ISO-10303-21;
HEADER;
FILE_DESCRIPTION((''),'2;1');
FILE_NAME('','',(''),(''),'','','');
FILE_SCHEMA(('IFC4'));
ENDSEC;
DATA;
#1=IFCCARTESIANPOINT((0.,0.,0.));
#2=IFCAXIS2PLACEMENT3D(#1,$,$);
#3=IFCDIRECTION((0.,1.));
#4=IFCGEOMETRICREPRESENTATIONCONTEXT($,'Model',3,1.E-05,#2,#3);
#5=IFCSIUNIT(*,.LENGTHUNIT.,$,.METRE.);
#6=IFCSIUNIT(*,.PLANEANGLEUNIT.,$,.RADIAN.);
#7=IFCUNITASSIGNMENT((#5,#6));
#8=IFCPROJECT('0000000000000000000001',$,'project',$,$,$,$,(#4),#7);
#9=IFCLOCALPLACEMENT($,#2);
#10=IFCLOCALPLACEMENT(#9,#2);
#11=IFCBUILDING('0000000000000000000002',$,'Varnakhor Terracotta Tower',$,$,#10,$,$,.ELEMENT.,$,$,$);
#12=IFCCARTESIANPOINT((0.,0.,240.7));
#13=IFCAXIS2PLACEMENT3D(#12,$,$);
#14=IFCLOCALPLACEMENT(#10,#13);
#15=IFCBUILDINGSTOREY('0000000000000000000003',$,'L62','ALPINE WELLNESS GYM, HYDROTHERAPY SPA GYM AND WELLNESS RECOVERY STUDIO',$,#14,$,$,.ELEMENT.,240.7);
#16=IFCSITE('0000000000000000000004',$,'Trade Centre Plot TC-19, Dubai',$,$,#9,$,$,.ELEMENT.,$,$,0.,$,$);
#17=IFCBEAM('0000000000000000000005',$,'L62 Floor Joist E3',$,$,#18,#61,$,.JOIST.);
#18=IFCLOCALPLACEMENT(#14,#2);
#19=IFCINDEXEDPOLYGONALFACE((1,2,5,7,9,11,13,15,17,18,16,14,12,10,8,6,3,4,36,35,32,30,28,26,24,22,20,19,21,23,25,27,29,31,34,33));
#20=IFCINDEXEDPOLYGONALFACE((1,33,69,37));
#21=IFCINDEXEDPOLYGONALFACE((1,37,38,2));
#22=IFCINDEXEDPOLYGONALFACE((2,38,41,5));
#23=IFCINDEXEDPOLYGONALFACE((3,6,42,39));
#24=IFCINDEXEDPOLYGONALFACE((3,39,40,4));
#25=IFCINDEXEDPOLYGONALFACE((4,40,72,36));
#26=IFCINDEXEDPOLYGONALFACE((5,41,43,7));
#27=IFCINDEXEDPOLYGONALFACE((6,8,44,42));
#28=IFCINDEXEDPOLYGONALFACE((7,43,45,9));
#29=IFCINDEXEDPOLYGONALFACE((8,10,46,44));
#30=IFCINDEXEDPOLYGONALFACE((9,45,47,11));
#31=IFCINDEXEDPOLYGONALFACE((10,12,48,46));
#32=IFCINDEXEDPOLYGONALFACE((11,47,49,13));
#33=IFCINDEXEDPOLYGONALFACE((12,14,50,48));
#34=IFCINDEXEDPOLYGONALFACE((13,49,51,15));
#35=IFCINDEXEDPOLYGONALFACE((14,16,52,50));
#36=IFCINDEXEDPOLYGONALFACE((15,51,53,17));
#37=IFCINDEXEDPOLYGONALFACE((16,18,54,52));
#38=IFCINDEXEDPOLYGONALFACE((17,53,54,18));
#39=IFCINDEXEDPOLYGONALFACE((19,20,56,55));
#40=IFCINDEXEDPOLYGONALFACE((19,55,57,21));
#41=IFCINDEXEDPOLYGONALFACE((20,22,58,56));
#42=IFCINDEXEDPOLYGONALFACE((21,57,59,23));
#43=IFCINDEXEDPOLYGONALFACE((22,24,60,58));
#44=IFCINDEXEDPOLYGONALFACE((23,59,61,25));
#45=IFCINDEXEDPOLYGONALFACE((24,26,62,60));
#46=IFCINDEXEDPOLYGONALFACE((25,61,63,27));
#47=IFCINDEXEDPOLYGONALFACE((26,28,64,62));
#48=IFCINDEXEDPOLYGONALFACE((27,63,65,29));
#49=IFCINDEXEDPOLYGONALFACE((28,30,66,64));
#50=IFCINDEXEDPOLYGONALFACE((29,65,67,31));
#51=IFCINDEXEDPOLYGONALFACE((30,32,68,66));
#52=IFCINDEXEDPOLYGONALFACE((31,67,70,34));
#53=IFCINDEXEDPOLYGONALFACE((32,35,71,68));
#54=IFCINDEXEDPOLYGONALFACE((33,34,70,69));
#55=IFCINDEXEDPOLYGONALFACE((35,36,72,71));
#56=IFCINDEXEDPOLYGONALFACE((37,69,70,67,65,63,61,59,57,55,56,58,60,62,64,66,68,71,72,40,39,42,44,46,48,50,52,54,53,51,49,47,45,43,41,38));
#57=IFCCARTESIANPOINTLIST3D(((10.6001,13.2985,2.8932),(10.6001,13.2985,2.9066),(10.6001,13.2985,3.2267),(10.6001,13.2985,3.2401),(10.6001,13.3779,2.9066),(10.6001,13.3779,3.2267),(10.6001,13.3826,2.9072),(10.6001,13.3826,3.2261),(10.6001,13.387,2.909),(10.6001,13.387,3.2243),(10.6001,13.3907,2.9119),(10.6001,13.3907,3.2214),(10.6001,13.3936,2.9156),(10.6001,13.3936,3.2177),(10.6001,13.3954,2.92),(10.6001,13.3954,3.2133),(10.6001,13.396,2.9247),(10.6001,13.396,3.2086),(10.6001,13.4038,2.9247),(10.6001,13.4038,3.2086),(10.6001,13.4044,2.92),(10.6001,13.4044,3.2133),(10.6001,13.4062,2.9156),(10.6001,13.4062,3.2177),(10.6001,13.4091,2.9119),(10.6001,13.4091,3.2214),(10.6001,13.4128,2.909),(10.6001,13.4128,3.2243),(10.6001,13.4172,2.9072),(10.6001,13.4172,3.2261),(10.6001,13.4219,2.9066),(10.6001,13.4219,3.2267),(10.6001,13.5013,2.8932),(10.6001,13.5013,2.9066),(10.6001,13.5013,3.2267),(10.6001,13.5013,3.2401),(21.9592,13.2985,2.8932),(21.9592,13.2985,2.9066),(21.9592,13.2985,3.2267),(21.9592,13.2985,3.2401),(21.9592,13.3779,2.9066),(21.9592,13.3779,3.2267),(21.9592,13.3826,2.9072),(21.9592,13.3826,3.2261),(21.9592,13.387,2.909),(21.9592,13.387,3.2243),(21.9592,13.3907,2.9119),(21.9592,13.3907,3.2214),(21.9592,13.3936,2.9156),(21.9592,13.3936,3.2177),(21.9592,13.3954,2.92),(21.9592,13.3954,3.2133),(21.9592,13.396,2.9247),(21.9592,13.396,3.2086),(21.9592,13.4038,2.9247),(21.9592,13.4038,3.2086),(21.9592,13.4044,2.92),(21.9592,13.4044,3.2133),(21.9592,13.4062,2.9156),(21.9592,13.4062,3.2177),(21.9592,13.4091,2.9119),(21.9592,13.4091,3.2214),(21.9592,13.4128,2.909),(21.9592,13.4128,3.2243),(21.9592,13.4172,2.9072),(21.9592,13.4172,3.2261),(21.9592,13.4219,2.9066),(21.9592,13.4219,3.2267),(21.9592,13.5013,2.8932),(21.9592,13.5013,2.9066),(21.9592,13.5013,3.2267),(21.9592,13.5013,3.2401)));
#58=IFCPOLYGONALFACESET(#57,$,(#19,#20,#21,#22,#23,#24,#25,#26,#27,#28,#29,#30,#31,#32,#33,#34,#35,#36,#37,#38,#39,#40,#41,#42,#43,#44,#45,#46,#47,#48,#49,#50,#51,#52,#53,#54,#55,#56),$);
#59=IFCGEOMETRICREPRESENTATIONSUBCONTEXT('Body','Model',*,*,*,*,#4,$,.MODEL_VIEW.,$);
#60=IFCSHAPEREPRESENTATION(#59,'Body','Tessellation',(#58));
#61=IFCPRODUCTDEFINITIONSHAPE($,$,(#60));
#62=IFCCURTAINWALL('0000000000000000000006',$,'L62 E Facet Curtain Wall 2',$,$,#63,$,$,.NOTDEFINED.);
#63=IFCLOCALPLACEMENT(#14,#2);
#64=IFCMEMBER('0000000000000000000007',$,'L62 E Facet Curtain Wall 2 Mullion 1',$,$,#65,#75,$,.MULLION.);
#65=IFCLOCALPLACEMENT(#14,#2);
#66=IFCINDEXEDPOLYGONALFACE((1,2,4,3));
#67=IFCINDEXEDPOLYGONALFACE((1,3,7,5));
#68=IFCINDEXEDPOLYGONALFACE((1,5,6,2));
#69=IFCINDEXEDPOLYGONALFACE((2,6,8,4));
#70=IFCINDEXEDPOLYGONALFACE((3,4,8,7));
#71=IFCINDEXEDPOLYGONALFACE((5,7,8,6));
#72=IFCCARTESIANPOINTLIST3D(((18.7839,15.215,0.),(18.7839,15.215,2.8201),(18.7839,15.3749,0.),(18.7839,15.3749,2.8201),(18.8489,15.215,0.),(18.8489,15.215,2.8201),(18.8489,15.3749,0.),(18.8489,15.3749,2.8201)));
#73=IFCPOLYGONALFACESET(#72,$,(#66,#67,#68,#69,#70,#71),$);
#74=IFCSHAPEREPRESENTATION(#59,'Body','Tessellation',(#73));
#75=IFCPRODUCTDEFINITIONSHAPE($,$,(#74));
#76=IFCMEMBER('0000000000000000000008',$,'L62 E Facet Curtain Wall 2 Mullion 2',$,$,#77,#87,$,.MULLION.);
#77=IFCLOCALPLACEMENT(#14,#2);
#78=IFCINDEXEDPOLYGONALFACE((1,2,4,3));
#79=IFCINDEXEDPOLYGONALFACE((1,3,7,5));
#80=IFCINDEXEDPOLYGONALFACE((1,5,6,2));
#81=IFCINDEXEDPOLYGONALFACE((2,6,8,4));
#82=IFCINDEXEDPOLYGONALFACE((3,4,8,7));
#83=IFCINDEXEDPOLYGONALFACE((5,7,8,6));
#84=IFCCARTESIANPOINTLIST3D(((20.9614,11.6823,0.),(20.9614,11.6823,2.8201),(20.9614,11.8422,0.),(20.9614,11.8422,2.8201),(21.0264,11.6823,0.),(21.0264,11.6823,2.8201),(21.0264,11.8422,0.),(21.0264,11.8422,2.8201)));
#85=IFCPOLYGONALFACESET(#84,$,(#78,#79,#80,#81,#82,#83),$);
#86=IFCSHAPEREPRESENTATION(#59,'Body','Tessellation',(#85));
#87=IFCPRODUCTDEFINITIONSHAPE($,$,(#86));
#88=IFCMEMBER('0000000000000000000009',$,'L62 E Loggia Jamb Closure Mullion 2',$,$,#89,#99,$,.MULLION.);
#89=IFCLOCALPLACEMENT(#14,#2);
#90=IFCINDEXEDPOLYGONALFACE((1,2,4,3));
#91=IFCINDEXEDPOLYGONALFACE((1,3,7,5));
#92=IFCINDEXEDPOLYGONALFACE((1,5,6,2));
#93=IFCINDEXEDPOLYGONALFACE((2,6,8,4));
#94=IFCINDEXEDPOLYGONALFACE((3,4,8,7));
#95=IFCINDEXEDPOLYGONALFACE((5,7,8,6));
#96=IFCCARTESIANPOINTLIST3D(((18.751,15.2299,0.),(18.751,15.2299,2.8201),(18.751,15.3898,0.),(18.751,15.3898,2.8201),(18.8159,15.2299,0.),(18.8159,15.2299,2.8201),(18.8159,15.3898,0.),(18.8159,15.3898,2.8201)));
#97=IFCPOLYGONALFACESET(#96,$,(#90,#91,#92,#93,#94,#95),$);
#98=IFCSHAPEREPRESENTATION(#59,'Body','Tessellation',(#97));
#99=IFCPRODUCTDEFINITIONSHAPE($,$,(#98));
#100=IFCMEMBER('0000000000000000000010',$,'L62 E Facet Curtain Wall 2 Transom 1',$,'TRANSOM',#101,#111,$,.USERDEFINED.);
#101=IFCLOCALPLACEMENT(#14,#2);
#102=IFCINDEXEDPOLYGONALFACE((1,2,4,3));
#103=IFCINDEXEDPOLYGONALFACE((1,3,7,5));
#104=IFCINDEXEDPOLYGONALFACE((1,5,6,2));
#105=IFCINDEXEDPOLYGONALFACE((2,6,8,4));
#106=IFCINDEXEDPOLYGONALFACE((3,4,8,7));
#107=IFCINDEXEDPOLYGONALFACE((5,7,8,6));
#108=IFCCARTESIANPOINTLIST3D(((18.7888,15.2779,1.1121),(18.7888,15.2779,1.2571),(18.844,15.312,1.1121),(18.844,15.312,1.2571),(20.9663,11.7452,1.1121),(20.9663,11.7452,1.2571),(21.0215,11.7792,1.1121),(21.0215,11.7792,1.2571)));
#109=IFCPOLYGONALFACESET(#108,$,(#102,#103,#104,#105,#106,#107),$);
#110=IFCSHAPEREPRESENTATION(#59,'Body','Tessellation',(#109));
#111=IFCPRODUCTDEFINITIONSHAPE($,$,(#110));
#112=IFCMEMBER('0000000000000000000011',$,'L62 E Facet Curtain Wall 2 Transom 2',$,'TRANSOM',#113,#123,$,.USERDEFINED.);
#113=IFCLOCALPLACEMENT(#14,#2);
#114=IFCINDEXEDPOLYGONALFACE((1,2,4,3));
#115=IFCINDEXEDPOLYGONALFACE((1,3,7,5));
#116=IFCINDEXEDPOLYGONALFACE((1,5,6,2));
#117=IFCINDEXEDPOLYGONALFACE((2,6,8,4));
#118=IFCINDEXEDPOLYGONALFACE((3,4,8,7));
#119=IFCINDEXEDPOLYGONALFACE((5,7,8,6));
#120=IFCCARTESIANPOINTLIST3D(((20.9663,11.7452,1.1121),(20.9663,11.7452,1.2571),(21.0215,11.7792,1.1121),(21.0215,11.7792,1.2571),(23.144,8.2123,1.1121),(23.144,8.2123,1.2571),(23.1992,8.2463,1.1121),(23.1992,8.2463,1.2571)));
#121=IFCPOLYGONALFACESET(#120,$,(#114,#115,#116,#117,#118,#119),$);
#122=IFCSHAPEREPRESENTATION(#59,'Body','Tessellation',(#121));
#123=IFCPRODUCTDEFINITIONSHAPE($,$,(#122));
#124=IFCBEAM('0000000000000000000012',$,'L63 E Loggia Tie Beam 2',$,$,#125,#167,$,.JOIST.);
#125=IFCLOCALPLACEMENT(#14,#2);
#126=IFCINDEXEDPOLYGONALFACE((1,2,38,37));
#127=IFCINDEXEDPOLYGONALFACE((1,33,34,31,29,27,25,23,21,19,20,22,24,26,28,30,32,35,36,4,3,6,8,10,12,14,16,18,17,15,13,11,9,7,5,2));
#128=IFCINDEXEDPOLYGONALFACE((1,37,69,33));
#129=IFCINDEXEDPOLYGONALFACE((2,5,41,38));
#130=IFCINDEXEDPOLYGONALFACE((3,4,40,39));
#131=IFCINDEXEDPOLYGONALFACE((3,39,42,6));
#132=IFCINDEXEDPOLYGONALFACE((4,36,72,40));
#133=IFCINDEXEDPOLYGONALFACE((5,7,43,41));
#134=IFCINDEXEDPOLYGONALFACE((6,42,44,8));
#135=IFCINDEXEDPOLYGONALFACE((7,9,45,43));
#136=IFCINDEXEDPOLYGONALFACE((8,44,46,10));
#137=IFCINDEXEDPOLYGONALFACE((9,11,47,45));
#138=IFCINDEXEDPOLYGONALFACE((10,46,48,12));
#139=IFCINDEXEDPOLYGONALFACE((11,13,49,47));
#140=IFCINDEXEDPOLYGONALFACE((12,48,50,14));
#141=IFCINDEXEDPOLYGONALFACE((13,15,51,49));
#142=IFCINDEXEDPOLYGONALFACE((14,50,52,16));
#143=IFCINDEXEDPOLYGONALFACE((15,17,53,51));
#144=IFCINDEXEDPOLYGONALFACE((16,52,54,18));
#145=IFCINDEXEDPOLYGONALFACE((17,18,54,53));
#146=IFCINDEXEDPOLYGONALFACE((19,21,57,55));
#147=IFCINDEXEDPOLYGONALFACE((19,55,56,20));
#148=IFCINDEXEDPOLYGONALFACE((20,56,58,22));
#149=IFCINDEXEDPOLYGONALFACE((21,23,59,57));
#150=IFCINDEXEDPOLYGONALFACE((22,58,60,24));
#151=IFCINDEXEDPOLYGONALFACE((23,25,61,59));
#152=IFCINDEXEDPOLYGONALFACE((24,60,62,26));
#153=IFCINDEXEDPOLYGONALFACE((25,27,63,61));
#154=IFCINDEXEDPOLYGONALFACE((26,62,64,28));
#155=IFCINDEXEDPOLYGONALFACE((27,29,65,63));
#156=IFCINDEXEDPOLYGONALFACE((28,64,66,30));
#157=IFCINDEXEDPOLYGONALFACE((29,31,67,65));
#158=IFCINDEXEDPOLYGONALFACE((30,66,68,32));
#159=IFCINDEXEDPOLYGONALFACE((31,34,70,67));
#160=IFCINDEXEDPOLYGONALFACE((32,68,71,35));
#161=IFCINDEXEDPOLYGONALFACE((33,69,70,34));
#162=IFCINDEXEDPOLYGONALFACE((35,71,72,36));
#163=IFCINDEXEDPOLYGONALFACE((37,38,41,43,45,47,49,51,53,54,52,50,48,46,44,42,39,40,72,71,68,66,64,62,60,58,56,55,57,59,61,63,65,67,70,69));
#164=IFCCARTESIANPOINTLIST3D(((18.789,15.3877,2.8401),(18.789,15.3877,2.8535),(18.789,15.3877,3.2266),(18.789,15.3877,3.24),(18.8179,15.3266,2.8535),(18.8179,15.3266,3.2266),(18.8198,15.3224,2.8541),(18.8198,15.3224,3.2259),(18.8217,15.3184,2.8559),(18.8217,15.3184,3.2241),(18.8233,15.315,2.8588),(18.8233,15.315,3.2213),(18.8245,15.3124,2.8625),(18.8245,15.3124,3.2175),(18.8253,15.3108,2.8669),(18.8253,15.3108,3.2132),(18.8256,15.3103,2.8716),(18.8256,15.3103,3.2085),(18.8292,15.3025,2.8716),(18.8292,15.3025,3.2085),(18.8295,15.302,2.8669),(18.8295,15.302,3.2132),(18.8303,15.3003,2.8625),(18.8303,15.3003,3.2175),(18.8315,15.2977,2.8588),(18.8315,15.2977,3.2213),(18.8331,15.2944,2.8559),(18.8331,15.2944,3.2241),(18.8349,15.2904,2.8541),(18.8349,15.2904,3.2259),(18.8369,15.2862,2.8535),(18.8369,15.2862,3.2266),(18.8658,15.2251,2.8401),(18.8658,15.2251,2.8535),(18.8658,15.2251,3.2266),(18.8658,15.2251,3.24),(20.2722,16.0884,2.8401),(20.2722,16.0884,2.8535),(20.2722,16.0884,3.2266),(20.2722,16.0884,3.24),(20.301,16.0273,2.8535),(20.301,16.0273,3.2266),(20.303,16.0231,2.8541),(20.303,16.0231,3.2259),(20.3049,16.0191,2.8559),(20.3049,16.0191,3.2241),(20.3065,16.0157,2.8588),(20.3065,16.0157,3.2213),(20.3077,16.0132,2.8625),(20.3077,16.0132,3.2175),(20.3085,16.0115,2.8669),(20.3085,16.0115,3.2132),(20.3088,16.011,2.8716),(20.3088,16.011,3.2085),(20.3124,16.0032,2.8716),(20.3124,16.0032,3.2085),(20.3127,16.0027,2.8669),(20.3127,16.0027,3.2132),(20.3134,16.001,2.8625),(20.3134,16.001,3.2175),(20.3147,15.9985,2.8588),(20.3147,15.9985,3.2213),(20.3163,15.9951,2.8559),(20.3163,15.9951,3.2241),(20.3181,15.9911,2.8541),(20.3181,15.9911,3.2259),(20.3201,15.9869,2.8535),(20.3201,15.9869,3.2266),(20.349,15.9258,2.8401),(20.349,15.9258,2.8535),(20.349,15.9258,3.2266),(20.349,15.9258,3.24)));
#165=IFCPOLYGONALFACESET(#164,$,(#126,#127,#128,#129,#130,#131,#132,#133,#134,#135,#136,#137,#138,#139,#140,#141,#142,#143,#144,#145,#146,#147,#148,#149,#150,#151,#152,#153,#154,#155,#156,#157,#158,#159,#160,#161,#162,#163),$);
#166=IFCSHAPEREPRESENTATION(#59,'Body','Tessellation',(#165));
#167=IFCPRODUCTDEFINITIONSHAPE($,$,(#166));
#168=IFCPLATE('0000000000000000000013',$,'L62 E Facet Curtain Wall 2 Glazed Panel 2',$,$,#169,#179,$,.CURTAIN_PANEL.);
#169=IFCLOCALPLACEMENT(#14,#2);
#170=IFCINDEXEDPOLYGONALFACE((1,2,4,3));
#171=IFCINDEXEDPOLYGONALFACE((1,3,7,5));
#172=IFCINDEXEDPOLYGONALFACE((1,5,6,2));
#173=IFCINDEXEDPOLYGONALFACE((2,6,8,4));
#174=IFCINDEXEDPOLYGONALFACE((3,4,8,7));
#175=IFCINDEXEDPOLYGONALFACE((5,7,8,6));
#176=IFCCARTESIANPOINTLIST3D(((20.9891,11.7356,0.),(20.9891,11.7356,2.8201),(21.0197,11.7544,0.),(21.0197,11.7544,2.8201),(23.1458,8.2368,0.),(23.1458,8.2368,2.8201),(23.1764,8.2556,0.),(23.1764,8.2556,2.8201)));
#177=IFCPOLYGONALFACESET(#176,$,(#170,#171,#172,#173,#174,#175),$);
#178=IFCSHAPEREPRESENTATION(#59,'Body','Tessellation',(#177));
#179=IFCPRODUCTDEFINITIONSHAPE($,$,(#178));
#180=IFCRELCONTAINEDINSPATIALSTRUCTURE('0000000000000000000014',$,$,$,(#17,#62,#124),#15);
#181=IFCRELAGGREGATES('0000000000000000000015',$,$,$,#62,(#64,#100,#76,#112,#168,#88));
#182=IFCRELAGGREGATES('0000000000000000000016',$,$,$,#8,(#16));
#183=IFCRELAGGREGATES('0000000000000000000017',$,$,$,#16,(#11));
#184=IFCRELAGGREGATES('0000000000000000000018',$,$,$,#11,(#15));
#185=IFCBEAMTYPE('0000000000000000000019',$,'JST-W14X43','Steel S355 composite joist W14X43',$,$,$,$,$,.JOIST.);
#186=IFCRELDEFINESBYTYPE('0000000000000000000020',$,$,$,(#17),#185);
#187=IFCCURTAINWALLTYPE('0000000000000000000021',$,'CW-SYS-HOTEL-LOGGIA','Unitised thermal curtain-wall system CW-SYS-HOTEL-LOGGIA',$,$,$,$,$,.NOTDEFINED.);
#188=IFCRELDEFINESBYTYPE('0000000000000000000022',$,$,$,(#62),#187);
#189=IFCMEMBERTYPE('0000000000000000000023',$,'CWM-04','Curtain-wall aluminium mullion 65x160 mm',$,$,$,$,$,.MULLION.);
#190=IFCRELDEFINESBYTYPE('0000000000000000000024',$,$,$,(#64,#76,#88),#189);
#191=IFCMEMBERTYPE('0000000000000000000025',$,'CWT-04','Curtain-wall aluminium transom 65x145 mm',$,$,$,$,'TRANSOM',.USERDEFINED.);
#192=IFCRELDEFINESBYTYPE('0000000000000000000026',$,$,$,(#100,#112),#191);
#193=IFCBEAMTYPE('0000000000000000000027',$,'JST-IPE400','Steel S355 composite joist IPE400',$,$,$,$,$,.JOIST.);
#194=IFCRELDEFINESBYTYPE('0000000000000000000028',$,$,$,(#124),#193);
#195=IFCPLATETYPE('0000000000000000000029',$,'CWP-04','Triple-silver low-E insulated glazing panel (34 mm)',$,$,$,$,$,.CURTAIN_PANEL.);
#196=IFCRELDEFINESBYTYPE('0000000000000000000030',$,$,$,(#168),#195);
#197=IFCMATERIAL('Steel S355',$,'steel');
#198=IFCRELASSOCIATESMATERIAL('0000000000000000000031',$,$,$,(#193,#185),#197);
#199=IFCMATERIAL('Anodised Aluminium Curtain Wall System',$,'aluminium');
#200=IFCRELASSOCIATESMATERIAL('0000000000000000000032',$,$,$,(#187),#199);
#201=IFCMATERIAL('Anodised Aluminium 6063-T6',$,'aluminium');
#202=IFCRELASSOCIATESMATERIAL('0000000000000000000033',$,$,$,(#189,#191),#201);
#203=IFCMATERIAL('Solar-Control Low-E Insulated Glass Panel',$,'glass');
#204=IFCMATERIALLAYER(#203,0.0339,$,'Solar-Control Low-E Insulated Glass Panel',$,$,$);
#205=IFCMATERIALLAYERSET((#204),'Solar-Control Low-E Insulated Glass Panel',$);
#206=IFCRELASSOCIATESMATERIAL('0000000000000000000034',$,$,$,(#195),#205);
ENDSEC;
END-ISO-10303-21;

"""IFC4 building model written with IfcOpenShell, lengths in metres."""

from ifc_helpers import new_model, si_unit, direction, frame, origin, origin_2d, place, context, subcontext, project, spatial, rectangle, i_section, extrude, source, transform, mapped, material, layer, layer_set, material_profile, profile_set, type_object, type_shapes, element, aggregate, save


model = new_model("IFC4")

# Units and contexts
model_context = context("Model", 3, precision=1e-05, world=origin(), true_north=direction((0.0, 1.0)))
body_context = subcontext(model_context, "Body", "Model", "MODEL_VIEW")
ifc_project = project(units=[si_unit("LENGTHUNIT", "METRE"), si_unit("PLANEANGLEUNIT", "RADIAN")], contexts=[model_context])

# Site, building, storey
site_placement = place(None, origin())
site = spatial("IfcSite", under=ifc_project, at=site_placement, Name="Trade Centre Plot TC-19, Dubai", CompositionType="ELEMENT", RefElevation=0.0)
building_placement = place(site_placement, origin())
building = spatial("IfcBuilding", under=site, at=building_placement, Name="Varnakhor Terracotta Tower", CompositionType="ELEMENT")
storey_placement = place(building_placement, frame((0.0, 0.0, 240.7)))
storey = spatial("IfcBuildingStorey", under=building, at=storey_placement, Name="L62", Description="ALPINE WELLNESS GYM, HYDROTHERAPY SPA GYM AND WELLNESS RECOVERY STUDIO", CompositionType="ELEMENT", Elevation=240.7)

# Beam
ifc_material_1 = material(Name="Steel S355", Category="steel")
ifc_material_profile_1 = material_profile(ifc_material_1, i_section(OverallWidth=0.1799, OverallDepth=0.3999, WebThickness=0.0085, FlangeThickness=0.0134, FilletRadius=0.0181, at=origin_2d()), Name="IPE400")
ifc_profile_set_1 = profile_set([ifc_material_profile_1], Name="Steel S355")
beam_type_1 = type_object("IfcBeamType", Name="JST-IPE400", Description="Steel S355 composite joist IPE400", PredefinedType="JOIST", material=ifc_profile_set_1)
ifc_material_profile_2 = material_profile(ifc_material_1, i_section(OverallWidth=0.2029, OverallDepth=0.3469, WebThickness=0.0078, FlangeThickness=0.0134, FilletRadius=0.0181, at=origin_2d()), Name="W14X43")
ifc_profile_set_2 = profile_set([ifc_material_profile_2], Name="Steel S355")
beam_type_2 = type_object("IfcBeamType", Name="JST-W14X43", Description="Steel S355 composite joist W14X43", PredefinedType="JOIST", material=ifc_profile_set_2)
shared_shape_1 = source(origin(), body_context, "Body", "SweptSolid", [
    extrude(i_section(OverallWidth=0.2029, OverallDepth=0.3469, WebThickness=0.0078, FlangeThickness=0.0134, FilletRadius=0.0181, at=origin_2d()), origin(), (0.0, 0.0, 1.0), 11.3591),
])
beam_1_placement = place(storey_placement, frame((10.6001, 13.3999, 3.0667), z_axis=(1.0, 0.0, 0.0), x_axis=(0.0, 1.0, 0.0)))
element("IfcBeam", 1, at=beam_1_placement, inside=storey, type_object=beam_type_2, Name="L62 Floor Joist E3", PredefinedType="JOIST", context=body_context, shape_type="MappedRepresentation", body=[
    mapped(shared_shape_1, transform((0.0, 0.0, 0.0), scale=1.0)),
])

# Curtain wall, members
ifc_material_2 = material(Name="Anodised Aluminium Curtain Wall System", Category="aluminium")
curtain_wall_type = type_object("IfcCurtainWallType", Name="CW-SYS-HOTEL-LOGGIA", Description="Unitised thermal curtain-wall system CW-SYS-HOTEL-LOGGIA", PredefinedType="NOTDEFINED", material=ifc_material_2)
curtain_wall_placement = place(storey_placement, origin())
curtain_wall = element("IfcCurtainWall", 2, at=curtain_wall_placement, inside=storey, type_object=curtain_wall_type, Name="L62 E Facet Curtain Wall 2", PredefinedType="NOTDEFINED")
ifc_material_3 = material(Name="Anodised Aluminium 6063-T6", Category="aluminium")
ifc_material_profile_3 = material_profile(ifc_material_3, rectangle(XDim=0.0649, YDim=0.1599, at=origin_2d()), Name="ALU MULLION 65x160")
ifc_profile_set_3 = profile_set([ifc_material_profile_3], Name="Anodised Aluminium 6063-T6")
member_type_1 = type_object("IfcMemberType", Name="CWM-04", Description="Curtain-wall aluminium mullion 65x160 mm", PredefinedType="MULLION", material=ifc_profile_set_3)
shared_shape_2 = source(origin(), body_context, "Body", "SweptSolid", [
    extrude(rectangle(XDim=0.0649, YDim=0.1599, at=origin_2d()), origin(), (0.0, 0.0, 1.0), 2.8201),
])
type_shapes(member_type_1, [shared_shape_2])
member_1_placement = place(storey_placement, frame((18.8164, 15.2949, 0.0), z_axis=(0.0, 0.0, 1.0), x_axis=(1.0, 0.0, 0.0)))
member_1 = element("IfcMember", 3, at=member_1_placement, type_object=member_type_1, Name="L62 E Facet Curtain Wall 2 Mullion 1", PredefinedType="MULLION", context=body_context, shape_type="MappedRepresentation", body=[
    mapped(shared_shape_2, transform((0.0, 0.0, 0.0), scale=1.0)),
])
member_2_placement = place(storey_placement, frame((20.9939, 11.7622, 0.0), z_axis=(0.0, 0.0, 1.0), x_axis=(1.0, 0.0, 0.0)))
member_2 = element("IfcMember", 4, at=member_2_placement, type_object=member_type_1, Name="L62 E Facet Curtain Wall 2 Mullion 2", PredefinedType="MULLION", context=body_context, shape_type="MappedRepresentation", body=[
    mapped(shared_shape_2, transform((0.0, 0.0, 0.0), scale=1.0)),
])
member_3_placement = place(storey_placement, frame((18.7834, 15.3098, 0.0), z_axis=(0.0, 0.0, 1.0), x_axis=(1.0, 0.0, 0.0)))
member_3 = element("IfcMember", 5, at=member_3_placement, type_object=member_type_1, Name="L62 E Loggia Jamb Closure Mullion 2", PredefinedType="MULLION", context=body_context, shape_type="MappedRepresentation", body=[
    mapped(shared_shape_2, transform((0.0, 0.0, 0.0), scale=1.0)),
])
ifc_material_profile_4 = material_profile(ifc_material_3, rectangle(XDim=0.0649, YDim=0.145, at=origin_2d()), Name="ALU TRANSOM 65x145")
ifc_profile_set_4 = profile_set([ifc_material_profile_4], Name="Anodised Aluminium 6063-T6")
member_type_2 = type_object("IfcMemberType", Name="CWT-04", Description="Curtain-wall aluminium transom 65x145 mm", ElementType="TRANSOM", PredefinedType="USERDEFINED", material=ifc_profile_set_4)
shared_shape_3 = source(origin(), body_context, "Body", "SweptSolid", [
    extrude(rectangle(XDim=0.0649, YDim=0.145, at=origin_2d()), origin(), (0.0, 0.0, 1.0), 4.1499),
])
member_4_placement = place(storey_placement, frame((18.8164, 15.2949, 1.1846), z_axis=(0.524711, -0.85128, 0.0), x_axis=(0.85128, 0.524711, 0.0)))
member_4 = element("IfcMember", 6, at=member_4_placement, type_object=member_type_2, Name="L62 E Facet Curtain Wall 2 Transom 1", ObjectType="TRANSOM", PredefinedType="USERDEFINED", context=body_context, shape_type="MappedRepresentation", body=[
    mapped(shared_shape_3, transform((0.0, 0.0, 0.0), scale=1.0)),
])
shared_shape_4 = source(origin(), body_context, "Body", "SweptSolid", [
    extrude(rectangle(XDim=0.0649, YDim=0.145, at=origin_2d()), origin(), (0.0, 0.0, 1.0), 4.1501),
])
member_5_placement = place(storey_placement, frame((20.9939, 11.7622, 1.1846), z_axis=(0.524727, -0.85127, 0.0), x_axis=(0.85127, 0.524727, 0.0)))
member_5 = element("IfcMember", 7, at=member_5_placement, type_object=member_type_2, Name="L62 E Facet Curtain Wall 2 Transom 2", ObjectType="TRANSOM", PredefinedType="USERDEFINED", context=body_context, shape_type="MappedRepresentation", body=[
    mapped(shared_shape_4, transform((0.0, 0.0, 0.0), scale=1.0)),
])

# Beam
shared_shape_5 = source(origin(), body_context, "Body", "SweptSolid", [
    extrude(i_section(OverallWidth=0.1799, OverallDepth=0.3999, WebThickness=0.0085, FlangeThickness=0.0134, FilletRadius=0.0181, at=origin_2d()), origin(), (0.0, 0.0, 1.0), 1.6404),
])
beam_2_placement = place(storey_placement, frame((18.8274, 15.3064, 3.04), z_axis=(0.904177, 0.427158, 0.0), x_axis=(-0.427158, 0.904177, 0.0)))
element("IfcBeam", 8, at=beam_2_placement, inside=storey, type_object=beam_type_1, Name="L63 E Loggia Tie Beam 2", PredefinedType="JOIST", context=body_context, shape_type="MappedRepresentation", body=[
    mapped(shared_shape_5, transform((0.0, 0.0, 0.0), scale=1.0)),
])

# Plate
ifc_material_4 = material(Name="Solar-Control Low-E Insulated Glass Panel", Category="glass")
ifc_layer_1 = layer(ifc_material_4, 0.0339, Name="Solar-Control Low-E Insulated Glass Panel")
ifc_layer_set_1 = layer_set([ifc_layer_1], Name="Solar-Control Low-E Insulated Glass Panel")
plate_type = type_object("IfcPlateType", Name="CWP-04", Description="Triple-silver low-E insulated glazing panel (34 mm)", PredefinedType="CURTAIN_PANEL", material=ifc_layer_set_1)
shared_shape_6 = source(origin(), body_context, "Body", "SweptSolid", [
    extrude(rectangle(XDim=4.1101, YDim=0.0359, at=origin_2d()), origin(), (0.0, 0.0, 1.0), 2.8201),
])
plate_1_placement = place(storey_placement, frame((22.0828, 9.9956, 0.0), z_axis=(0.0, 0.0, 1.0), x_axis=(0.524729, -0.851269, 0.0)))
plate_1 = element("IfcPlate", 9, at=plate_1_placement, type_object=plate_type, Name="L62 E Facet Curtain Wall 2 Glazed Panel 2", PredefinedType="CURTAIN_PANEL", context=body_context, shape_type="MappedRepresentation", body=[
    mapped(shared_shape_6, transform((0.0, 0.0, 0.0), scale=1.0)),
])
aggregate(curtain_wall, [member_1, member_4, member_2, member_5, plate_1, member_3])

save(model, "model.ifc")
